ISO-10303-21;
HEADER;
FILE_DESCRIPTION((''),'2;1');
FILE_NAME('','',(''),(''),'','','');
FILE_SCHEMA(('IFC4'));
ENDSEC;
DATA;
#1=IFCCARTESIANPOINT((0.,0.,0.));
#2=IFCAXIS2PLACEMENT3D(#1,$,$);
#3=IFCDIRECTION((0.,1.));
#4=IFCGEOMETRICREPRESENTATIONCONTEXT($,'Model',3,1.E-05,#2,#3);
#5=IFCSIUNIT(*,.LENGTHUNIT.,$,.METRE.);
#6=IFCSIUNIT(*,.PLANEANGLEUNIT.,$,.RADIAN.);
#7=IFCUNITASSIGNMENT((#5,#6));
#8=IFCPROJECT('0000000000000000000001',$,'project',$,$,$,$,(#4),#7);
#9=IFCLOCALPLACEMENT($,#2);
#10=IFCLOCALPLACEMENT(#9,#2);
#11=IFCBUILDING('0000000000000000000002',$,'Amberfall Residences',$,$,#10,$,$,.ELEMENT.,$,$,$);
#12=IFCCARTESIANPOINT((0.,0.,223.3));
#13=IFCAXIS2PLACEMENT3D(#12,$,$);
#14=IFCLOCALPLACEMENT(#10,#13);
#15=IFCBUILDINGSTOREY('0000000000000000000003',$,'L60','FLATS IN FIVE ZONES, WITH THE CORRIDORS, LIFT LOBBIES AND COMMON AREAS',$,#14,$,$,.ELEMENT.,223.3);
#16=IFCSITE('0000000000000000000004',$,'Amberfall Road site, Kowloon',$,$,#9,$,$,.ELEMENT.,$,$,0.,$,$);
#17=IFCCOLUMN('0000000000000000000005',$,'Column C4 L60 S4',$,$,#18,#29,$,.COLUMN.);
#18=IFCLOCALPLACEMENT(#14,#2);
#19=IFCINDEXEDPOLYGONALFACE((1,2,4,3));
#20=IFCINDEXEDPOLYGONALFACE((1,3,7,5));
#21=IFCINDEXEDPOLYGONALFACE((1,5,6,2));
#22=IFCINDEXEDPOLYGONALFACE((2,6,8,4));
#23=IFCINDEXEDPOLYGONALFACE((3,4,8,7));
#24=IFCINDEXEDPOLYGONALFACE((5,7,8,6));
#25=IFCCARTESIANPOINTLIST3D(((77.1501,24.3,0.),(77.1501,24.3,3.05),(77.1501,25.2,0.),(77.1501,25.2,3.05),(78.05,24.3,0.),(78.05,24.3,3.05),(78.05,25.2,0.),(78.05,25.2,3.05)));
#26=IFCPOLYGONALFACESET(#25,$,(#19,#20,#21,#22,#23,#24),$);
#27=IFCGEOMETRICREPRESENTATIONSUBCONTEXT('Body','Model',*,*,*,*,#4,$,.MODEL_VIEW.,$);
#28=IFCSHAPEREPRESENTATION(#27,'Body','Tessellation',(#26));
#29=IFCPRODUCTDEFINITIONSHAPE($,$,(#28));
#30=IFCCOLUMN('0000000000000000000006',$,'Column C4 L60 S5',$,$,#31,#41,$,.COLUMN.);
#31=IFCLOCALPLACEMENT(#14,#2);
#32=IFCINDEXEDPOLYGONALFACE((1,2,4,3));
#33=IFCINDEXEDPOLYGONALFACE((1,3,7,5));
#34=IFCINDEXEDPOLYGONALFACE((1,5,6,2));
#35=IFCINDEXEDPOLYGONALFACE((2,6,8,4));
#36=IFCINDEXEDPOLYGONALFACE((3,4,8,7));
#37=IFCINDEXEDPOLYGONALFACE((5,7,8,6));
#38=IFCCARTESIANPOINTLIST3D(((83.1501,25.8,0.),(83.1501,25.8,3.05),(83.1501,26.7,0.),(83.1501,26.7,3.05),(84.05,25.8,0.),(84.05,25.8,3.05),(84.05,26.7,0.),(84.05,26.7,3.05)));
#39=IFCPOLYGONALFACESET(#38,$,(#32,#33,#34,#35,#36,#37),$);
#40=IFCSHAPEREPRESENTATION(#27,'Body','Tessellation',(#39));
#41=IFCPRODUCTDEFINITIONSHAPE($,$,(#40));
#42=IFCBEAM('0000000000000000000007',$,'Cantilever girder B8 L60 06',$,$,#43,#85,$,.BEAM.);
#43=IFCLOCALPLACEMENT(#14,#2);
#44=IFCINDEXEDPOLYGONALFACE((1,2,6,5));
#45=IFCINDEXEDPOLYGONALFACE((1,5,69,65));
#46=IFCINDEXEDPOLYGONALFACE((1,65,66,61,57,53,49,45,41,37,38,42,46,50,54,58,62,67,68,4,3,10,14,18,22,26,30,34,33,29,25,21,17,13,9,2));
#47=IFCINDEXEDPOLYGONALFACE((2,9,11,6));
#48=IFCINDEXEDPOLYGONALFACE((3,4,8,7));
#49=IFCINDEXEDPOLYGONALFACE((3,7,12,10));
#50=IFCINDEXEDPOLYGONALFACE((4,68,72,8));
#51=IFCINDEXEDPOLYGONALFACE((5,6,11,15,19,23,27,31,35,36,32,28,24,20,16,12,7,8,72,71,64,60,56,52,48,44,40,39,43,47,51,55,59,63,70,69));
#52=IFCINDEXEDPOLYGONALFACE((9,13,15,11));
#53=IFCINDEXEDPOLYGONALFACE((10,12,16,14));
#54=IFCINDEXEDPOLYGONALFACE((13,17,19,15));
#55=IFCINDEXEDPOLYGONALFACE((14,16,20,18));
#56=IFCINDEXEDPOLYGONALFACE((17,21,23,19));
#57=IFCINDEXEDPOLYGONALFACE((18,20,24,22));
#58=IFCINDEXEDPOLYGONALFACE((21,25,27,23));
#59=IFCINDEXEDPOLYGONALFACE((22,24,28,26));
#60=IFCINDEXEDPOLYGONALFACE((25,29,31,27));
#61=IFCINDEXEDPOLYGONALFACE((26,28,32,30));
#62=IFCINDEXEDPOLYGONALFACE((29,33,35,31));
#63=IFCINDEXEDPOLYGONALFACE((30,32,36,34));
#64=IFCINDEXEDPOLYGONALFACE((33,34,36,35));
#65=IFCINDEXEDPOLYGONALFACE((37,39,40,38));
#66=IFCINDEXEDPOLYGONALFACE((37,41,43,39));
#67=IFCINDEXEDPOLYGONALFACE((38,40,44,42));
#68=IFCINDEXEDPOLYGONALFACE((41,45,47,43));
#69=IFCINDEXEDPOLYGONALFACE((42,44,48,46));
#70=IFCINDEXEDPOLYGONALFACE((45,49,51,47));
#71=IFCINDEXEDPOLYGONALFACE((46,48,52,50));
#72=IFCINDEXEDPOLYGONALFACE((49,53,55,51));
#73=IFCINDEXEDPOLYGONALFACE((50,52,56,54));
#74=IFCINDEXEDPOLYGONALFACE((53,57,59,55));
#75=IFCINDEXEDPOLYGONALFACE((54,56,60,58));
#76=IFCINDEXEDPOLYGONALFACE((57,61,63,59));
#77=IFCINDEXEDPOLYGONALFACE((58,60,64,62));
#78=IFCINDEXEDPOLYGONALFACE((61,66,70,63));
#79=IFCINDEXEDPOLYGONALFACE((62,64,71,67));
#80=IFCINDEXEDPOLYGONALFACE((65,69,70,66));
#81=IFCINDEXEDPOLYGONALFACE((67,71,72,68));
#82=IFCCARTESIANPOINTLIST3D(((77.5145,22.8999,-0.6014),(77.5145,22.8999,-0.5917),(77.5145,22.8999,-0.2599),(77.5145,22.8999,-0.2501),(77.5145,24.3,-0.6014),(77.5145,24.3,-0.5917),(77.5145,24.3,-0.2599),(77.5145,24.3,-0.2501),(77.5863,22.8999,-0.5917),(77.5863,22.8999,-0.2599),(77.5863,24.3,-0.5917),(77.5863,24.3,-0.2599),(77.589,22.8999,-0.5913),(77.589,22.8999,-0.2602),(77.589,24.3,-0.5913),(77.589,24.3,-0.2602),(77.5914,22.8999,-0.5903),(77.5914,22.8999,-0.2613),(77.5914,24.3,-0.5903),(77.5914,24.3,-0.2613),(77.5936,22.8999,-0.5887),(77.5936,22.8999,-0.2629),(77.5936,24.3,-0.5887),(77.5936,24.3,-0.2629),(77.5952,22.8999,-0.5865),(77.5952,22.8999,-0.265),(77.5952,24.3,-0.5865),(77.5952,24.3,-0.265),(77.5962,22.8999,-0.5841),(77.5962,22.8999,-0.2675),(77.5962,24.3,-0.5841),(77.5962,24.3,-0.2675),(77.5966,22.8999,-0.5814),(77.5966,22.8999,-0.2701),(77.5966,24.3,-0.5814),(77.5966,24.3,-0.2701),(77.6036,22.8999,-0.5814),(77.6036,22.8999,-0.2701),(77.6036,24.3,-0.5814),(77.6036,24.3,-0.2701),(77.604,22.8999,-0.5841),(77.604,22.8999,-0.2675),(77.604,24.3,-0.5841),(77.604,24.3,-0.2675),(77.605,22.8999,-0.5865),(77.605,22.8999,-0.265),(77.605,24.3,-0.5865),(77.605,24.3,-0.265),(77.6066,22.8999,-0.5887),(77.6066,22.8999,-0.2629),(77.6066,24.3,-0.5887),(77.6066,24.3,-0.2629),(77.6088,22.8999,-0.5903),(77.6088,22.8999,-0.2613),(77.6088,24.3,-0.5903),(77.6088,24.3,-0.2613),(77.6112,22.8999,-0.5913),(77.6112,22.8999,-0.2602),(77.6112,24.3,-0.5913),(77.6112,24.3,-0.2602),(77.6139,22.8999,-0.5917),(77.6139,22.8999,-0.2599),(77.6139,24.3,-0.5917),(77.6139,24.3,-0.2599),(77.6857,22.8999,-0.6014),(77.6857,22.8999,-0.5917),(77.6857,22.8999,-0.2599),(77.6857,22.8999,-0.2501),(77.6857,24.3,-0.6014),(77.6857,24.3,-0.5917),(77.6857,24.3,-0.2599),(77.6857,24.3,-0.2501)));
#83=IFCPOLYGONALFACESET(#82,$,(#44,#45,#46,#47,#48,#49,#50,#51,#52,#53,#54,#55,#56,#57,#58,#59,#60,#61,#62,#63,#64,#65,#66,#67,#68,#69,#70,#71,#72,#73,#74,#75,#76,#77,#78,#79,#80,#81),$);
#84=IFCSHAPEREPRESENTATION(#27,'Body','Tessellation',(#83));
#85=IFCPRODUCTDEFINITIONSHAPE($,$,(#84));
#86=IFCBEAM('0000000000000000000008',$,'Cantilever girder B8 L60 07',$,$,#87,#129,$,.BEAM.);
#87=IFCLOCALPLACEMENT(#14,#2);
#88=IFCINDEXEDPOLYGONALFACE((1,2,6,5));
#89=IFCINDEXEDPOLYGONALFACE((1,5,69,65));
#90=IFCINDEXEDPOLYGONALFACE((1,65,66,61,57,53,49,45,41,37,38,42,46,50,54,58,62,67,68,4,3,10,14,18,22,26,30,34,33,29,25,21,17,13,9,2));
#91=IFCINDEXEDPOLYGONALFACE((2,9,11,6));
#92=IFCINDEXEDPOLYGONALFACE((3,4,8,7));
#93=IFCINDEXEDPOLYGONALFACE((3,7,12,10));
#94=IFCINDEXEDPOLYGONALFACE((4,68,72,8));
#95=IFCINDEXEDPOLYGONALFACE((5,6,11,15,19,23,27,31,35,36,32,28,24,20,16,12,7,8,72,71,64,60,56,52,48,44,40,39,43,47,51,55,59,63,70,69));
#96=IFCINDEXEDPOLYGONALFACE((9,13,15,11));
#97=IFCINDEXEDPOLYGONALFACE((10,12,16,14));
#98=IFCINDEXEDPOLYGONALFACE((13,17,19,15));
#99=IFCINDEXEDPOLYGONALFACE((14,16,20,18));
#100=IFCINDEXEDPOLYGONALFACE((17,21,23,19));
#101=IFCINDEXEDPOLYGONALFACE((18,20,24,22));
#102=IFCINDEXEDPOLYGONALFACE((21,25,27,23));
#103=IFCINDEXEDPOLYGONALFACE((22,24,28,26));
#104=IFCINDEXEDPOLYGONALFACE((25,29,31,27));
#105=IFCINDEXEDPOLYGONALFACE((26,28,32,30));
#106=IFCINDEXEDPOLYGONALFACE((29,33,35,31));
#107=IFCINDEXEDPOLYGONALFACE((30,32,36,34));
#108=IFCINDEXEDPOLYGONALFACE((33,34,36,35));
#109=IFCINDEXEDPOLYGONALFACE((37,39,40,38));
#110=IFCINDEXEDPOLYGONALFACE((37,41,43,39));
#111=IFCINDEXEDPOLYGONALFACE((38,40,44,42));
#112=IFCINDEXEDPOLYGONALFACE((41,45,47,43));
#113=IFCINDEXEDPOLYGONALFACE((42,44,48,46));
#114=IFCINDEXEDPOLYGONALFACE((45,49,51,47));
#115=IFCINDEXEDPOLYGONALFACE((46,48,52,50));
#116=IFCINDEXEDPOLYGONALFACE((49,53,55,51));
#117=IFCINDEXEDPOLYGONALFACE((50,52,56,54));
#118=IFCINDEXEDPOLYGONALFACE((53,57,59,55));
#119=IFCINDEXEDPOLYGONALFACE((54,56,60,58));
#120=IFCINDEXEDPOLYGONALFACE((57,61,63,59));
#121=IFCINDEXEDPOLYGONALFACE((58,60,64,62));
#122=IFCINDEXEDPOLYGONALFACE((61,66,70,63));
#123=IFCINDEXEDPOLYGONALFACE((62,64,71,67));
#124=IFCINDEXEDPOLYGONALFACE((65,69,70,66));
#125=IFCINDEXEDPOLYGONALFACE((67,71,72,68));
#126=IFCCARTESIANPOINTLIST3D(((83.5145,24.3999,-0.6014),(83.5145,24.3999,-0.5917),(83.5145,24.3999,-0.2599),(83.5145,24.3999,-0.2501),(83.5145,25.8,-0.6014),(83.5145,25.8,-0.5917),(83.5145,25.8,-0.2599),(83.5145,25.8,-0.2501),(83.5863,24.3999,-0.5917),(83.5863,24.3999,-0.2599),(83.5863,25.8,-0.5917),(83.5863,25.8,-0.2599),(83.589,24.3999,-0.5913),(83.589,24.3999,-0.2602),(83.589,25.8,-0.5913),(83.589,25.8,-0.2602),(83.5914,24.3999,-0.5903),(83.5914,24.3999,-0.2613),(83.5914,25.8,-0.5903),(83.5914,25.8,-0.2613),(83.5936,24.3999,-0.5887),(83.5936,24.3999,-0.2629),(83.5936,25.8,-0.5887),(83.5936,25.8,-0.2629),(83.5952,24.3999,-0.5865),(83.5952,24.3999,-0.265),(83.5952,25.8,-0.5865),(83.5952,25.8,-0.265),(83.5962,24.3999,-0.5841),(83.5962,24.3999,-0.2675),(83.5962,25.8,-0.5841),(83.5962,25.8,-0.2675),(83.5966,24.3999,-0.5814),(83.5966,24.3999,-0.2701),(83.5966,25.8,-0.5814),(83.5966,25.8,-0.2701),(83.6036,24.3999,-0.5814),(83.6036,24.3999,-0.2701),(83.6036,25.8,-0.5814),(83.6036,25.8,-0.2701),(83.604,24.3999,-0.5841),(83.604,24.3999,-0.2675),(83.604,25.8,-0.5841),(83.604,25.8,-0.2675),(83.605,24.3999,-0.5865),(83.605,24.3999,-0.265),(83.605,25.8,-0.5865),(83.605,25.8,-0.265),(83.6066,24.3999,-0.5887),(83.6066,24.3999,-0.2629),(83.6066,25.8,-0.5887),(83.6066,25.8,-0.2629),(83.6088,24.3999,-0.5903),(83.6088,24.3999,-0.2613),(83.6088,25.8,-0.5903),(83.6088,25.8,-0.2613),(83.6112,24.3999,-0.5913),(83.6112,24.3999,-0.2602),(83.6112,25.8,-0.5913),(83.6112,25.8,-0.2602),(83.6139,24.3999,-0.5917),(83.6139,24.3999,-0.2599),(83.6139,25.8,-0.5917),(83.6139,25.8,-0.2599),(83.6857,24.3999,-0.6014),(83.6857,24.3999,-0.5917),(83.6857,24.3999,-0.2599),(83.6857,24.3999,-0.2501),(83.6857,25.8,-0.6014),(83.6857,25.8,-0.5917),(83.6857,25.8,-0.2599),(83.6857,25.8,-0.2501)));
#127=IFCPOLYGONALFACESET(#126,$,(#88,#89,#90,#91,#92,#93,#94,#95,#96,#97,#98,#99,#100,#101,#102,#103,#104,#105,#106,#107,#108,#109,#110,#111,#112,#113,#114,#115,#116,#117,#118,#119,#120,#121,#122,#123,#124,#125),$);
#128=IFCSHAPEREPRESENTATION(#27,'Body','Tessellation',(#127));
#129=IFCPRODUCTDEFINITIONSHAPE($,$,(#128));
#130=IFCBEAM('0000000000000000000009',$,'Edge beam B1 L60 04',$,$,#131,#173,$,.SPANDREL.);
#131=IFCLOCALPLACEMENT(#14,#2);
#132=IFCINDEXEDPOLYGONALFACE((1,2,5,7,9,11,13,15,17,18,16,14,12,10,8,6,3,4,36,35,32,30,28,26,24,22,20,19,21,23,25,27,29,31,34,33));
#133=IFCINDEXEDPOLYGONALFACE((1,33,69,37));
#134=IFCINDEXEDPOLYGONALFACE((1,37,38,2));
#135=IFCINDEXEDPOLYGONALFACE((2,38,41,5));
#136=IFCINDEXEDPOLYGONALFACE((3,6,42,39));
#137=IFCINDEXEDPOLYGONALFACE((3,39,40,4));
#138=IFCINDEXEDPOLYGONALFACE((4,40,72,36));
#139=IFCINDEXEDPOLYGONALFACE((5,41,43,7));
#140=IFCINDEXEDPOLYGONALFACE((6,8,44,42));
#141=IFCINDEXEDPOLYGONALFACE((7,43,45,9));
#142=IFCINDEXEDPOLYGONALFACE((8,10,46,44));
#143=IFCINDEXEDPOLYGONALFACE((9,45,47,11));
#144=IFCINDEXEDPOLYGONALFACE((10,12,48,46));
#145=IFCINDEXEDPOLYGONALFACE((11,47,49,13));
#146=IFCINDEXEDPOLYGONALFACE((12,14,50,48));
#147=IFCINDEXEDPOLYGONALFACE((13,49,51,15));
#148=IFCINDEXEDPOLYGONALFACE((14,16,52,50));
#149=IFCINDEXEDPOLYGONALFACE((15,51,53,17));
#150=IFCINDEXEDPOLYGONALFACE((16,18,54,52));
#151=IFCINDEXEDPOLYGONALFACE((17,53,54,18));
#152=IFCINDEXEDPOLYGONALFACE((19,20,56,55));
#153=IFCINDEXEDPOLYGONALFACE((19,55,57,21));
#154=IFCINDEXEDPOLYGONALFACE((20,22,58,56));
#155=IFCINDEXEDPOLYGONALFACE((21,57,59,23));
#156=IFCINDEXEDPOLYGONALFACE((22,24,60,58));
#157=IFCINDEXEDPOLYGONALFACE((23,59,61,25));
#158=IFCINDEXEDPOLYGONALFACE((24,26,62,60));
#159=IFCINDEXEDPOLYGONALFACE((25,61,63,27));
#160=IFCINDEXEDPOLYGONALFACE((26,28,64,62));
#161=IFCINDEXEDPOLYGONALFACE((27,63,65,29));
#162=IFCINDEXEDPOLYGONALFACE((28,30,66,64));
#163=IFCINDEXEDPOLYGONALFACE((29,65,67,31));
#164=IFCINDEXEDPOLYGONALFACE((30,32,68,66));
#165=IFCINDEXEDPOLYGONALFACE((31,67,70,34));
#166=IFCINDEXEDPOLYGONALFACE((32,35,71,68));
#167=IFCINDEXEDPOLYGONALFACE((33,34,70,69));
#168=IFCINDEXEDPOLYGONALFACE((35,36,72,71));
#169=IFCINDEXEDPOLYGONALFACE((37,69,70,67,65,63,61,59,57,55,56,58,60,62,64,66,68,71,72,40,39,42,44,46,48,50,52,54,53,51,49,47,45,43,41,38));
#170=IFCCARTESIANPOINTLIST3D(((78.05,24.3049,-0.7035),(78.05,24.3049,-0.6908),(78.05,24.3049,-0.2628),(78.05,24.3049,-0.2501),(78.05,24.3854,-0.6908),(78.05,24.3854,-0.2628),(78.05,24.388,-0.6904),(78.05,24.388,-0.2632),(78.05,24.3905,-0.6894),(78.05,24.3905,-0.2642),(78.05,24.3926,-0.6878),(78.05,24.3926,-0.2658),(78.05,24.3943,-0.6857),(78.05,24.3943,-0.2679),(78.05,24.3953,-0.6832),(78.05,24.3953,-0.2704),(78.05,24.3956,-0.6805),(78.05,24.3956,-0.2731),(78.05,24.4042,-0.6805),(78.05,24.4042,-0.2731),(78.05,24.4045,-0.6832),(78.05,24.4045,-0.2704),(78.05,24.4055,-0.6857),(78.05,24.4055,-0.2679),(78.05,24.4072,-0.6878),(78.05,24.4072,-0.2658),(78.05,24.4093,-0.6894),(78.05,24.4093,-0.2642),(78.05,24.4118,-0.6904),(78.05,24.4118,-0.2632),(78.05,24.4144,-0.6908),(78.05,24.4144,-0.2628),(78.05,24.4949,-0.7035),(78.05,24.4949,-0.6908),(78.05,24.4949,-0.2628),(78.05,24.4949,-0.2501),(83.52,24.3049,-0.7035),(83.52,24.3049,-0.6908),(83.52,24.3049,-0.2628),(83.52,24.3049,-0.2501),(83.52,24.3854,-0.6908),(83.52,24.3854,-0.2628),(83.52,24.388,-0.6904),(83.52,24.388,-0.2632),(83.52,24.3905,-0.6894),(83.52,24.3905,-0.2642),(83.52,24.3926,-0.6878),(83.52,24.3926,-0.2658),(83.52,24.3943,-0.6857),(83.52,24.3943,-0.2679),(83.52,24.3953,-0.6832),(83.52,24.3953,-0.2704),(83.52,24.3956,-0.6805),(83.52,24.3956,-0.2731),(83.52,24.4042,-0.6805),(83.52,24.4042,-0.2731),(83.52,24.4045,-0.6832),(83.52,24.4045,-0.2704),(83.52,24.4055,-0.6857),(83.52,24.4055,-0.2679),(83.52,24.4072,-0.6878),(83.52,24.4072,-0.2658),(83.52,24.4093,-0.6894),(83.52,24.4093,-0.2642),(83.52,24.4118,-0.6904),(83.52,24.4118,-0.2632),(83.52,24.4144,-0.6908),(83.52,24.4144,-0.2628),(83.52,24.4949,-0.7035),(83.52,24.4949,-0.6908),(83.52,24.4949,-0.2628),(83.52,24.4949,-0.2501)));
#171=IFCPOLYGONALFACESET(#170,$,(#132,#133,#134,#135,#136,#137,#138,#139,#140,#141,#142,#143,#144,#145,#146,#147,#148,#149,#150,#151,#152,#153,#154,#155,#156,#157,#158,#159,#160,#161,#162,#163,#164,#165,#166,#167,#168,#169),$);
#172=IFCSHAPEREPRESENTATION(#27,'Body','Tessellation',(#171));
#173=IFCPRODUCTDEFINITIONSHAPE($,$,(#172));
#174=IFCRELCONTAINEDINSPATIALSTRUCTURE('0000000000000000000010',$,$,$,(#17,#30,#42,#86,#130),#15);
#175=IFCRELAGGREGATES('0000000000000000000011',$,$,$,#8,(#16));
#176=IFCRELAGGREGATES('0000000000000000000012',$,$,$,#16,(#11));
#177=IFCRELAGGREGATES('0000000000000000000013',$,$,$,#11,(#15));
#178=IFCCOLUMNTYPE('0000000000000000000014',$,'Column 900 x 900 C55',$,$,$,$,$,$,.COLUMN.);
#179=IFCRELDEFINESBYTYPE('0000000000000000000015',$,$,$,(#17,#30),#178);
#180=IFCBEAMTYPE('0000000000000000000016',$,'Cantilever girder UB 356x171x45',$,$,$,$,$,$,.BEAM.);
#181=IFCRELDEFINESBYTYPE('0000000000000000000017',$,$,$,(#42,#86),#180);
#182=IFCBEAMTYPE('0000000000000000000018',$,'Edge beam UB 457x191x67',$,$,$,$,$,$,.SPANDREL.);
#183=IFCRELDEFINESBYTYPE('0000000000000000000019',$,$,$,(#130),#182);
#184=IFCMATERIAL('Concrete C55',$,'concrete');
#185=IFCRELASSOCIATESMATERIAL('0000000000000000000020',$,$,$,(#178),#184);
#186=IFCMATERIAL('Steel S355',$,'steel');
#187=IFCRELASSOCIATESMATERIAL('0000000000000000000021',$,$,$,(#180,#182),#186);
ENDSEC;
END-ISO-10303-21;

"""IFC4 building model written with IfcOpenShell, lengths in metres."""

from ifc_helpers import new_model, si_unit, direction, frame, origin, origin_2d, place, context, subcontext, project, spatial, rectangle, i_section, extrude, material, material_profile, profile_set, type_object, element, save


model = new_model("IFC4")

# Units and contexts
model_context = context("Model", 3, precision=1e-05, world=origin(), true_north=direction((0.0, 1.0)))
body_context = subcontext(model_context, "Body", "Model", "MODEL_VIEW")
ifc_project = project(units=[si_unit("LENGTHUNIT", "METRE"), si_unit("PLANEANGLEUNIT", "RADIAN")], contexts=[model_context])

# Site, building, storey
site_placement = place(None, origin())
site = spatial("IfcSite", under=ifc_project, at=site_placement, Name="Amberfall Road site, Kowloon", CompositionType="ELEMENT", RefElevation=0.0)
building_placement = place(site_placement, origin())
building = spatial("IfcBuilding", under=site, at=building_placement, Name="Amberfall Residences", CompositionType="ELEMENT")
storey_placement = place(building_placement, frame((0.0, 0.0, 223.3)))
storey = spatial("IfcBuildingStorey", under=building, at=storey_placement, Name="L60", Description="FLATS IN FIVE ZONES, WITH THE CORRIDORS, LIFT LOBBIES AND COMMON AREAS", CompositionType="ELEMENT", Elevation=223.3)

# Columns
ifc_material_1 = material(Name="Concrete C55", Category="concrete")
ifc_material_profile_1 = material_profile(ifc_material_1, rectangle(XDim=0.8999, YDim=0.8999, at=origin_2d()), Name="Column 900 x 900 C55")
ifc_profile_set_1 = profile_set([ifc_material_profile_1], Name="Concrete C55")
column_type = type_object("IfcColumnType", Name="Column 900 x 900 C55", PredefinedType="COLUMN", material=ifc_profile_set_1)
for number, where, z_axis, x_axis, name in (
    (1, (77.6001, 24.75, 0.0), (0.0, 0.0, 1.0), (1.0, 0.0, 0.0), "Column C4 L60 S4"),
    (2, (83.6001, 26.25, 0.0), (0.0, 0.0, 1.0), (1.0, 0.0, 0.0), "Column C4 L60 S5"),
):
    element("IfcColumn", number, at=place(storey_placement, frame(where, z_axis=z_axis, x_axis=x_axis)), inside=storey, type_object=column_type, Name=name, PredefinedType="COLUMN", context=body_context, shape_type="SweptSolid", body=[
        extrude(rectangle(XDim=0.8999, YDim=0.8999, at=origin_2d()), origin(), (0.0, 0.0, 1.0), 3.05),
    ])

# Beams
ifc_material_2 = material(Name="Steel S355", Category="steel")
ifc_material_profile_2 = material_profile(ifc_material_2, i_section(OverallWidth=0.1711, OverallDepth=0.3513, WebThickness=0.0071, FlangeThickness=0.0098, FilletRadius=0.0103, at=origin_2d()), Name="UB 356x171x45")
ifc_profile_set_2 = profile_set([ifc_material_profile_2], Name="Steel S355")
beam_type_1 = type_object("IfcBeamType", Name="Cantilever girder UB 356x171x45", PredefinedType="BEAM", material=ifc_profile_set_2)
for number, where, z_axis, x_axis, name in (
    (3, (77.6001, 24.3, -0.4258), (0.0, -1.0, 0.0), (1.0, 0.0, 0.0), "Cantilever girder B8 L60 06"),
    (4, (83.6001, 25.8, -0.4258), (0.0, -1.0, 0.0), (1.0, 0.0, 0.0), "Cantilever girder B8 L60 07"),
):
    element("IfcBeam", number, at=place(storey_placement, frame(where, z_axis=z_axis, x_axis=x_axis)), inside=storey, type_object=beam_type_1, Name=name, PredefinedType="BEAM", context=body_context, shape_type="SweptSolid", body=[
        extrude(i_section(OverallWidth=0.1711, OverallDepth=0.3513, WebThickness=0.0071, FlangeThickness=0.0098, FilletRadius=0.0103, at=origin_2d()), origin(), (0.0, 0.0, 1.0), 1.4001),
    ])
ifc_material_profile_3 = material_profile(ifc_material_2, i_section(OverallWidth=0.1899, OverallDepth=0.4534, WebThickness=0.0085, FlangeThickness=0.0127, FilletRadius=0.0103, at=origin_2d()), Name="UB 457x191x67")
ifc_profile_set_3 = profile_set([ifc_material_profile_3], Name="Steel S355")
beam_type_2 = type_object("IfcBeamType", Name="Edge beam UB 457x191x67", PredefinedType="SPANDREL", material=ifc_profile_set_3)
beam_1_placement = place(storey_placement, frame((78.05, 24.3999, -0.4768), z_axis=(1.0, 0.0, 0.0), x_axis=(0.0, 1.0, 0.0)))
element("IfcBeam", 5, at=beam_1_placement, inside=storey, type_object=beam_type_2, Name="Edge beam B1 L60 04", PredefinedType="SPANDREL", context=body_context, shape_type="SweptSolid", body=[
    extrude(i_section(OverallWidth=0.1899, OverallDepth=0.4534, WebThickness=0.0085, FlangeThickness=0.0127, FilletRadius=0.0103, at=origin_2d()), origin(), (0.0, 0.0, 1.0), 5.47),
])

save(model, "model.ifc")
